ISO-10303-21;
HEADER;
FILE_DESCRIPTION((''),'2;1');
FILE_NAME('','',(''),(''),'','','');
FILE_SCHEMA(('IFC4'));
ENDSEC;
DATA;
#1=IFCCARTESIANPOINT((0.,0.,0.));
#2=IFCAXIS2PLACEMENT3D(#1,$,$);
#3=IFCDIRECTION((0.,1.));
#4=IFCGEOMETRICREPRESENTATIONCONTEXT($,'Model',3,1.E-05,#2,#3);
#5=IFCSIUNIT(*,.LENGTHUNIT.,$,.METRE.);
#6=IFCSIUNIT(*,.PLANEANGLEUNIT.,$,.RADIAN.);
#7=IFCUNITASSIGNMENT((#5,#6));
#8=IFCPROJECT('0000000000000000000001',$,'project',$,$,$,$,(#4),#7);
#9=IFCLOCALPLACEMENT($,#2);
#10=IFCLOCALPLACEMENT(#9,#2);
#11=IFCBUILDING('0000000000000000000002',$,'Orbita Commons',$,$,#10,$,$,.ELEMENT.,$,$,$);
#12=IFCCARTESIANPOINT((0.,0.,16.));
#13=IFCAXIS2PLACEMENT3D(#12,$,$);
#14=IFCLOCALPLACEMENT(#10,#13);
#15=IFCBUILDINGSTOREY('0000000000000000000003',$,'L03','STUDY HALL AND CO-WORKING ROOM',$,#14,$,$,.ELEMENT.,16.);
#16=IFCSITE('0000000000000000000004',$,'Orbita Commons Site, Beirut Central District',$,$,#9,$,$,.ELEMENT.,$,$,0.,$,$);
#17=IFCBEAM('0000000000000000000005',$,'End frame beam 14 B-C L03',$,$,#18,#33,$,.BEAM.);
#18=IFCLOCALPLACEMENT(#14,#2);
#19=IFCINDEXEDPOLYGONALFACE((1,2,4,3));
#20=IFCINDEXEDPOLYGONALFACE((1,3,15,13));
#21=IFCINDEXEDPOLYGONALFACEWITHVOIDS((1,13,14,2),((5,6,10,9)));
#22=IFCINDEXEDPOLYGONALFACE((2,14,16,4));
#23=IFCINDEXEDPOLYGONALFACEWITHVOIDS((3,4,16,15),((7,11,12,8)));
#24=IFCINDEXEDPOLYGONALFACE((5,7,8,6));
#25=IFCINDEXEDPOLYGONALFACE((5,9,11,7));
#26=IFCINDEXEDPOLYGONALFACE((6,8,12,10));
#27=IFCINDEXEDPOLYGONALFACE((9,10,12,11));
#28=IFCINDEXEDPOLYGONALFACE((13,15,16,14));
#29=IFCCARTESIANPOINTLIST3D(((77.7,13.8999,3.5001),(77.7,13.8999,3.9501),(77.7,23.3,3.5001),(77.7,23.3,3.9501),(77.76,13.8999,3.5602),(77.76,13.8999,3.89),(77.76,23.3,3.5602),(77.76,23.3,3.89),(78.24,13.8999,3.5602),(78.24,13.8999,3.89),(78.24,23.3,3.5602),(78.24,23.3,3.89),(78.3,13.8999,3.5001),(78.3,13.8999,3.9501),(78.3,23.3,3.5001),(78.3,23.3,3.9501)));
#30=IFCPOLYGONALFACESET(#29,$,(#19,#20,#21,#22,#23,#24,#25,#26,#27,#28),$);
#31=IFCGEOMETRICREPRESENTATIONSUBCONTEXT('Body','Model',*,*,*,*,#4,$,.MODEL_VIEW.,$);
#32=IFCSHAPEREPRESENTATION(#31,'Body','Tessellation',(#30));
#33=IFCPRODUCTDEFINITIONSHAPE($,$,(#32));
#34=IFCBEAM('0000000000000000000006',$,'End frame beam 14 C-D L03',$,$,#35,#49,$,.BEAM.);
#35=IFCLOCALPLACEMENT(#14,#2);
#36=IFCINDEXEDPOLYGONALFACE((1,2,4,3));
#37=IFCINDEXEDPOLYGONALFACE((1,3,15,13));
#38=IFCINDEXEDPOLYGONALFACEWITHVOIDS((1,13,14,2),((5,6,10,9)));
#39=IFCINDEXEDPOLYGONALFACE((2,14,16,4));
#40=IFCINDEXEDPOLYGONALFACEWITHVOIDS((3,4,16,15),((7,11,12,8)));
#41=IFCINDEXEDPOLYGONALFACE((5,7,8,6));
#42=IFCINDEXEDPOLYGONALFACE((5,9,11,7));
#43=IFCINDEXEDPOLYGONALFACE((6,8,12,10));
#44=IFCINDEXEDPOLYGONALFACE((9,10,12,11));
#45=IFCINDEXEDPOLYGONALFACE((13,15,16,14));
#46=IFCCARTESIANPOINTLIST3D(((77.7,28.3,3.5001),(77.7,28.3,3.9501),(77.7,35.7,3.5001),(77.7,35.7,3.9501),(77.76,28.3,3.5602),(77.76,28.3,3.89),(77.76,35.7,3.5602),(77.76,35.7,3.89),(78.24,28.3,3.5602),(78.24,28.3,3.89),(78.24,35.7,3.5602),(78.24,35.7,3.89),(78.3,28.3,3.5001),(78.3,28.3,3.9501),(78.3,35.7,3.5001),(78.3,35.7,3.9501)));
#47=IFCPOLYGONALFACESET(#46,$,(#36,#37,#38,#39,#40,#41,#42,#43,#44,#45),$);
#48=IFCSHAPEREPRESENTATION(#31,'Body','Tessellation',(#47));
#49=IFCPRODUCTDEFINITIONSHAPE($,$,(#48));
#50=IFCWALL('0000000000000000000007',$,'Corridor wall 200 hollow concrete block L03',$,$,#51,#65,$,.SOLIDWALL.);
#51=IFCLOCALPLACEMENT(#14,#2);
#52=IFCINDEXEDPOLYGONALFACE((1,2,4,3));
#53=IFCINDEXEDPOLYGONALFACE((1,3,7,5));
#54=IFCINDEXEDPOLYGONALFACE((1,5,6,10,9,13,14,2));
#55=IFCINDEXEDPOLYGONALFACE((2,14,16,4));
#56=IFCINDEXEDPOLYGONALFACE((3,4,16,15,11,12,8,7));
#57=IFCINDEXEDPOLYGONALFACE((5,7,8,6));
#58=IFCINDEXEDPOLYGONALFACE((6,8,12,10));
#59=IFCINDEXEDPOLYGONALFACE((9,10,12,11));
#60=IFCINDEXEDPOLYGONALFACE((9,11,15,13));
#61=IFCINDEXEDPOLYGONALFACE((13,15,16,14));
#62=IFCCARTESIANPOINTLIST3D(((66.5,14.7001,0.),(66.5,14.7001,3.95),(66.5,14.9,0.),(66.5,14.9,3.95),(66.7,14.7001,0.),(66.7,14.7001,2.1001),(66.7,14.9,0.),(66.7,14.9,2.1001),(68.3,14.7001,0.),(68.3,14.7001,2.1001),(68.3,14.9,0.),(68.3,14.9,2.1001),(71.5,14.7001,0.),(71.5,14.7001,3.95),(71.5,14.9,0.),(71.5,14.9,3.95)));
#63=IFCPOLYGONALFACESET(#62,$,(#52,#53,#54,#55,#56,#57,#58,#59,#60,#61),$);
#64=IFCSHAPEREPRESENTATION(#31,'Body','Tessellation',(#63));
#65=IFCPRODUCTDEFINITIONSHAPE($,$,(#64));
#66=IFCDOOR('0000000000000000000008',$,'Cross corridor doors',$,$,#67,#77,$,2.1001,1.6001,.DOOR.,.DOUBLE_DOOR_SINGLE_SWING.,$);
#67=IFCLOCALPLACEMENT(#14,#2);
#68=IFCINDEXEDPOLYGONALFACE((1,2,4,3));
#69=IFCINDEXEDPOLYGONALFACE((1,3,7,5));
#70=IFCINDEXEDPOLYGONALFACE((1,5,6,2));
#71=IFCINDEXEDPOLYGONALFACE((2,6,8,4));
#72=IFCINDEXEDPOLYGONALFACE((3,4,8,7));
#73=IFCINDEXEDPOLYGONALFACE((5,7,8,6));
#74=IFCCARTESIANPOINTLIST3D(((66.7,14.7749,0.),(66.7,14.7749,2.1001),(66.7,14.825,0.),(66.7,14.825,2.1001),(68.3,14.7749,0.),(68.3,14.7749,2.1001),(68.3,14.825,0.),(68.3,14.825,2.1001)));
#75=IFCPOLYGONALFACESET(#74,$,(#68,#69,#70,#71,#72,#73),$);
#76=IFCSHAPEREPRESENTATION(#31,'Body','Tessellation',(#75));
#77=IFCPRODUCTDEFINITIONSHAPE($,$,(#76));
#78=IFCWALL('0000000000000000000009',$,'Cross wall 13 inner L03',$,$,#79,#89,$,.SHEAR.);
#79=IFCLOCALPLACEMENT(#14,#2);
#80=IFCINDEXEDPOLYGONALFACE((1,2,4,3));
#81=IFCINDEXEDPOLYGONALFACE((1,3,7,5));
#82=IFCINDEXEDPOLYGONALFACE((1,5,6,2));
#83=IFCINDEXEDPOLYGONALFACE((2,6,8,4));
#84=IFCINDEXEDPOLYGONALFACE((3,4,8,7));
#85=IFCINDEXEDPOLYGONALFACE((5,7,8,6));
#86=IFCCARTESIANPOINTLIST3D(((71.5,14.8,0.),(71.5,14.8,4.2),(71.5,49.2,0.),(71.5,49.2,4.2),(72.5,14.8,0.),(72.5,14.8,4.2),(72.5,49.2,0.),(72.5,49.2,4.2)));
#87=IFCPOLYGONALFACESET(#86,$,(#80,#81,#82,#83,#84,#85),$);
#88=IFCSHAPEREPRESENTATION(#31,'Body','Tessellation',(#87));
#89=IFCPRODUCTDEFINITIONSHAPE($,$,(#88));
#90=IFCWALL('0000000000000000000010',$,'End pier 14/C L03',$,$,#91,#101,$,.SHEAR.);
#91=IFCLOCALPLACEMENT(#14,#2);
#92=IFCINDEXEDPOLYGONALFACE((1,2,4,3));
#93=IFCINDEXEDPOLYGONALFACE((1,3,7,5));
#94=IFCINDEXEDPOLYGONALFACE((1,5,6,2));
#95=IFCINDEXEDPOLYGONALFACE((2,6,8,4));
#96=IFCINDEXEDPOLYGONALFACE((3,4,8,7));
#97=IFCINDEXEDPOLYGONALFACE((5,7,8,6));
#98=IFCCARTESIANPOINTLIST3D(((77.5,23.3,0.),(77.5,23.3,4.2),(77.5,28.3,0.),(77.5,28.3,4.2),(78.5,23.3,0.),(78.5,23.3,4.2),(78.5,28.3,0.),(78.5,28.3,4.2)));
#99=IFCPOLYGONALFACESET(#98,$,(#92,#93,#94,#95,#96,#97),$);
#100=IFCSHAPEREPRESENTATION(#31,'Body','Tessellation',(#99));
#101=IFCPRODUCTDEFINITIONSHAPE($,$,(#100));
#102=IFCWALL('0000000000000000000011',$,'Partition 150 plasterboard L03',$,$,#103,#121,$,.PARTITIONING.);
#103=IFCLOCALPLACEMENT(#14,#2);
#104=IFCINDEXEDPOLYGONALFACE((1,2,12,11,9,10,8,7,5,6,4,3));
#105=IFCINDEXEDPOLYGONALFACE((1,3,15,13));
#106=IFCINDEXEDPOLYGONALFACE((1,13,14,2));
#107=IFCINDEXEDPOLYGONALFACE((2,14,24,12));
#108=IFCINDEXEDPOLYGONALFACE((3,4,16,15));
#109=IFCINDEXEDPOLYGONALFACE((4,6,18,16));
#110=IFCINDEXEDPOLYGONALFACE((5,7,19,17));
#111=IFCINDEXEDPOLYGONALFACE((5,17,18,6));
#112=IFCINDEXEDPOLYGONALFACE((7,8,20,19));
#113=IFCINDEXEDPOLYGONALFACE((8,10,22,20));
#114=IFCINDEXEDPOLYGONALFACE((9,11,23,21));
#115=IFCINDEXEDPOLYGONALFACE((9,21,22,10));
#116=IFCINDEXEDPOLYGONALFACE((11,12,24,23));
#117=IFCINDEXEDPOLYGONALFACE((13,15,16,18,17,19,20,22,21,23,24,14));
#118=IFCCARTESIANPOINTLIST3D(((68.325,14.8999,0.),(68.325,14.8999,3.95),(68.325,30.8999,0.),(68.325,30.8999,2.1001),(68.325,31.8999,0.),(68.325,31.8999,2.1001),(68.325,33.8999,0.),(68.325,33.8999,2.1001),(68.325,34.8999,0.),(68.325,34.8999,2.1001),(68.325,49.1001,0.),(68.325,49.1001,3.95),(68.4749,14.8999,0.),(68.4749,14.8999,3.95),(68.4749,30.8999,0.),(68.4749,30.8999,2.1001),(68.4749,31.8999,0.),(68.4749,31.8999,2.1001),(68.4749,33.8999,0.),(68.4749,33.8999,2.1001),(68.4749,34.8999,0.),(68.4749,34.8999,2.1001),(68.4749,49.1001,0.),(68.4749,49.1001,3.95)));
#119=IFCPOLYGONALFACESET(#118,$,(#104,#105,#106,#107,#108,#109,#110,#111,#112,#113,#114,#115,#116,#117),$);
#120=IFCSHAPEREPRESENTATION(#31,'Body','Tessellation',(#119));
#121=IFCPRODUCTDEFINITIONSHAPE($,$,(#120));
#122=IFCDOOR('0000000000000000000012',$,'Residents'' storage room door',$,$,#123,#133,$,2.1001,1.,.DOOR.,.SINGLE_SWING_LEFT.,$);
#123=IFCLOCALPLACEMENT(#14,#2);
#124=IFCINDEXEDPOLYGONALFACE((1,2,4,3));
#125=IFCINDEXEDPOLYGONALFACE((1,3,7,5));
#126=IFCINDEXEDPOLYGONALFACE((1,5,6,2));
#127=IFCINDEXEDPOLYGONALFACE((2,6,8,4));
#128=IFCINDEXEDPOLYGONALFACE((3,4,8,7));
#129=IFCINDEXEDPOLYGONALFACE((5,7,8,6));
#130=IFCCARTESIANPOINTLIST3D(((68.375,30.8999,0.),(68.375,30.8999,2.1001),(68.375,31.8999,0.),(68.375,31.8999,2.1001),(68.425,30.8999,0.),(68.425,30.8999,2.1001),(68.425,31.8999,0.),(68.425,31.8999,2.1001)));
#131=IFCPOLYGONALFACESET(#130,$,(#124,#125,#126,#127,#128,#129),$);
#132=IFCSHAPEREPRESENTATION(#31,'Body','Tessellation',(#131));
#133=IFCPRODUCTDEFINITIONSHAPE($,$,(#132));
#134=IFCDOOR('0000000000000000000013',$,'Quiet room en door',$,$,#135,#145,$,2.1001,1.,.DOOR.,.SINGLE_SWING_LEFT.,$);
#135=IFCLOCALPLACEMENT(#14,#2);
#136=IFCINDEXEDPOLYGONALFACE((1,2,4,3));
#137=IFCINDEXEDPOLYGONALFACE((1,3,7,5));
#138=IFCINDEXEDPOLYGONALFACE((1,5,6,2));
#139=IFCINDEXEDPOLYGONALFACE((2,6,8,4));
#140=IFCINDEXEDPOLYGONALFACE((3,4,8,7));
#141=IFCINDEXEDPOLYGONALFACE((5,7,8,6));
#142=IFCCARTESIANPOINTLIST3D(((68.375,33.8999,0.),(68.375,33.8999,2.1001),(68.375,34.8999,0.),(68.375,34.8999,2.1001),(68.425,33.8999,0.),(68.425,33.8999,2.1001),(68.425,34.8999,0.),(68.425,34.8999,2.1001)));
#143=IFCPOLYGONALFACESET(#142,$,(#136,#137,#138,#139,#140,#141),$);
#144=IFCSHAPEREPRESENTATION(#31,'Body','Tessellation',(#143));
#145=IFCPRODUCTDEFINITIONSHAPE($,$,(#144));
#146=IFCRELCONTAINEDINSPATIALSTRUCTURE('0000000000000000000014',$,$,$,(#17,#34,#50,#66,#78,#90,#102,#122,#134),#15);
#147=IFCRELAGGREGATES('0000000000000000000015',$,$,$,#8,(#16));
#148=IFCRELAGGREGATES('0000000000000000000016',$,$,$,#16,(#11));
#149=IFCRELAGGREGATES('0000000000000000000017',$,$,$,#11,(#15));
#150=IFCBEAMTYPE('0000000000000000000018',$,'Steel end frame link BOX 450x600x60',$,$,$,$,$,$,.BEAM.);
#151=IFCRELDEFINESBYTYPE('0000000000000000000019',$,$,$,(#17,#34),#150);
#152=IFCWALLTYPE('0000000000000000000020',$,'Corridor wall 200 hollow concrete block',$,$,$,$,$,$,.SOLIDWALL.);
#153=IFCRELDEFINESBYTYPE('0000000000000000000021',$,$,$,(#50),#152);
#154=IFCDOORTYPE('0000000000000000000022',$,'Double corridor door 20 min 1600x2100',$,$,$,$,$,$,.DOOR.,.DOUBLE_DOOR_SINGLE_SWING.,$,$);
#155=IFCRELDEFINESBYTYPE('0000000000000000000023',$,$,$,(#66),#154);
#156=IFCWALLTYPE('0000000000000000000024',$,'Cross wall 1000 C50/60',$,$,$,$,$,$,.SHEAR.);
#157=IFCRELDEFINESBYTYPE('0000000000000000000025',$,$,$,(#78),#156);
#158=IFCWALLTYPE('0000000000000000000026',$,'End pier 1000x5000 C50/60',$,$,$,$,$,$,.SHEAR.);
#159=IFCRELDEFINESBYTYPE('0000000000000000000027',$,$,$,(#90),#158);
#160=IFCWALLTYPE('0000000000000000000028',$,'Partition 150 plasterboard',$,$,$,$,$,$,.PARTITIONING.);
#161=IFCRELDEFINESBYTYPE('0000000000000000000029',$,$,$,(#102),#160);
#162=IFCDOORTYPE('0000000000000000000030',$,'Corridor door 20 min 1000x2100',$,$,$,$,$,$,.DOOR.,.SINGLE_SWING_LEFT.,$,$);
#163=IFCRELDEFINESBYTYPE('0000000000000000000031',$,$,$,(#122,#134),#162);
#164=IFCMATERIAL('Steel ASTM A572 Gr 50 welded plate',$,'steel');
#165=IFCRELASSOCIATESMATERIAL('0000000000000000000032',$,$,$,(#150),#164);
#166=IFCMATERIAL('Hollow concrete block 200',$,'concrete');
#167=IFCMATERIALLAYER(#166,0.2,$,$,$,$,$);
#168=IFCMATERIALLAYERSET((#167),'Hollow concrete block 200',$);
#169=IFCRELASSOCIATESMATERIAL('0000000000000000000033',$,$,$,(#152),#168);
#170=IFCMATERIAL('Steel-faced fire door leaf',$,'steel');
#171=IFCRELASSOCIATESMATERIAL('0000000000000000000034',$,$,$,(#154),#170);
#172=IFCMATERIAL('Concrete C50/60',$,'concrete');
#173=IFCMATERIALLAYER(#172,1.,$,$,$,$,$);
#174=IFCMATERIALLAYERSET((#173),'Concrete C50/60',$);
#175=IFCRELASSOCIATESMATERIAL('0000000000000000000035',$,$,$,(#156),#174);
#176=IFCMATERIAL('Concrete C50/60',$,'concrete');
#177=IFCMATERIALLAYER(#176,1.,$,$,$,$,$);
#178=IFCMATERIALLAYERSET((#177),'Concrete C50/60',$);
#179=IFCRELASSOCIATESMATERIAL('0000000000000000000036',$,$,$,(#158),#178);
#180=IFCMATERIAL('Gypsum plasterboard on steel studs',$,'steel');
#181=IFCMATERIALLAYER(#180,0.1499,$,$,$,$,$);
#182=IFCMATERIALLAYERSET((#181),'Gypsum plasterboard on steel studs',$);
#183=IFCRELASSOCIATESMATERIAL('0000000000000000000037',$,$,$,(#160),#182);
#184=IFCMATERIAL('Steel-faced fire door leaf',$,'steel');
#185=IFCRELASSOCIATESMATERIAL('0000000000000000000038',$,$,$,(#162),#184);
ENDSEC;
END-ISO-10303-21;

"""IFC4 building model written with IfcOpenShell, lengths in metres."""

from ifc_helpers import new_model, si_unit, direction, frame, frame_2d, origin, origin_2d, place, context, subcontext, project, spatial, rectangle, hollow_rectangle, extrude, material, layer, layer_set, material_profile, profile_set, type_object, element, fill, save


model = new_model("IFC4")

# Units and contexts
model_context = context("Model", 3, precision=1e-05, world=origin(), true_north=direction((0.0, 1.0)))
body_context = subcontext(model_context, "Body", "Model", "MODEL_VIEW")
ifc_project = project(units=[si_unit("LENGTHUNIT", "METRE"), si_unit("PLANEANGLEUNIT", "RADIAN")], contexts=[model_context])

# Site, building, storey
site_placement = place(None, origin())
site = spatial("IfcSite", under=ifc_project, at=site_placement, Name="Orbita Commons Site, Beirut Central District", CompositionType="ELEMENT", RefElevation=0.0)
building_placement = place(site_placement, origin())
building = spatial("IfcBuilding", under=site, at=building_placement, Name="Orbita Commons", CompositionType="ELEMENT")
storey_placement = place(building_placement, frame((0.0, 0.0, 16.0)))
storey = spatial("IfcBuildingStorey", under=building, at=storey_placement, Name="L03", Description="STUDY HALL AND CO-WORKING ROOM", CompositionType="ELEMENT", Elevation=16.0)

# Beams
ifc_material_1 = material(Name="Steel ASTM A572 Gr 50 welded plate", Category="steel")
ifc_material_profile = material_profile(ifc_material_1, hollow_rectangle(XDim=0.6001, YDim=0.45, WallThickness=0.0601, at=origin_2d()), Name="BOX 450x600x60")
ifc_profile_set = profile_set([ifc_material_profile], Name="Steel ASTM A572 Gr 50 welded plate")
beam_type = type_object("IfcBeamType", Name="Steel end frame link BOX 450x600x60", PredefinedType="BEAM", material=ifc_profile_set)
beam_1_placement = place(storey_placement, frame((78.0, 13.8999, 3.7251), z_axis=(0.0, 1.0, 0.0), x_axis=(-1.0, 0.0, 0.0)))
element("IfcBeam", 1, at=beam_1_placement, inside=storey, type_object=beam_type, Name="End frame beam 14 B-C L03", PredefinedType="BEAM", context=body_context, shape_type="SweptSolid", body=[
    extrude(hollow_rectangle(XDim=0.6001, YDim=0.45, WallThickness=0.0601, at=origin_2d()), origin(), (0.0, 0.0, 1.0), 9.4001),
])
beam_2_placement = place(storey_placement, frame((78.0, 28.3, 3.7251), z_axis=(0.0, 1.0, 0.0), x_axis=(-1.0, 0.0, 0.0)))
element("IfcBeam", 2, at=beam_2_placement, inside=storey, type_object=beam_type, Name="End frame beam 14 C-D L03", PredefinedType="BEAM", context=body_context, shape_type="SweptSolid", body=[
    extrude(hollow_rectangle(XDim=0.6001, YDim=0.45, WallThickness=0.0601, at=origin_2d()), origin(), (0.0, 0.0, 1.0), 7.3999),
])

# Wall, opening, door
ifc_material_2 = material(Name="Hollow concrete block 200", Category="concrete")
ifc_layer_1 = layer(ifc_material_2, 0.2)
ifc_layer_set_1 = layer_set([ifc_layer_1], Name="Hollow concrete block 200")
wall_type_1 = type_object("IfcWallType", Name="Corridor wall 200 hollow concrete block", PredefinedType="SOLIDWALL", material=ifc_layer_set_1)
wall_1_placement = place(storey_placement, frame((66.5, 14.8, 0.0), z_axis=(0.0, 0.0, 1.0), x_axis=(1.0, 0.0, 0.0)))
wall_1 = element("IfcWall", 3, at=wall_1_placement, inside=storey, type_object=wall_type_1, Name="Corridor wall 200 hollow concrete block L03", PredefinedType="SOLIDWALL", context=body_context, shape_type="SweptSolid", body=[
    extrude(rectangle(XDim=5.0, YDim=0.2, at=frame_2d((2.5, 0.0))), origin(), (0.0, 0.0, 1.0), 3.95),
])
opening_1_placement = place(wall_1_placement, frame((0.2, 0.0, 0.0)))
opening_1 = element("IfcOpeningElement", 4, at=opening_1_placement, cuts=wall_1, PredefinedType="OPENING", context=body_context, shape_type="SweptSolid", body=[
    extrude(rectangle(XDim=1.6001, YDim=2.1001, at=frame_2d((0.8, 1.05))), frame((0.0, 0.1099, 0.0), z_axis=(0.0, -1.0, 0.0), x_axis=(1.0, 0.0, 0.0)), (0.0, 0.0, 1.0), 0.22),
])
ifc_material_3 = material(Name="Steel-faced fire door leaf", Category="steel")
door_type_1 = type_object("IfcDoorType", Name="Double corridor door 20 min 1600x2100", OperationType="DOUBLE_DOOR_SINGLE_SWING", PredefinedType="DOOR", material=ifc_material_3)
door_1_placement = place(opening_1_placement, origin())
door_1 = element("IfcDoor", 5, at=door_1_placement, inside=storey, type_object=door_type_1, Name="Cross corridor doors", OperationType="DOUBLE_DOOR_SINGLE_SWING", OverallHeight=2.1001, OverallWidth=1.6001, PredefinedType="DOOR", context=body_context, shape_type="SweptSolid", body=[
    extrude(rectangle(XDim=1.6001, YDim=2.1001, at=frame_2d((0.8, 1.05))), frame((0.0, 0.0249, 0.0), z_axis=(0.0, -1.0, 0.0), x_axis=(1.0, 0.0, 0.0)), (0.0, 0.0, 1.0), 0.05),
])
fill(opening_1, door_1)

# Walls
ifc_material_4 = material(Name="Concrete C50/60", Category="concrete")
ifc_layer_2 = layer(ifc_material_4, 1.0)
ifc_layer_set_2 = layer_set([ifc_layer_2], Name="Concrete C50/60")
wall_type_2 = type_object("IfcWallType", Name="Cross wall 1000 C50/60", PredefinedType="SHEAR", material=ifc_layer_set_2)
wall_2_placement = place(storey_placement, frame((72.0, 14.8, 0.0), z_axis=(0.0, 0.0, 1.0), x_axis=(0.0, 1.0, 0.0)))
element("IfcWall", 6, at=wall_2_placement, inside=storey, type_object=wall_type_2, Name="Cross wall 13 inner L03", PredefinedType="SHEAR", context=body_context, shape_type="SweptSolid", body=[
    extrude(rectangle(XDim=34.3999, YDim=1.0, at=frame_2d((17.2, 0.0))), origin(), (0.0, 0.0, 1.0), 4.2),
])
ifc_material_5 = material(Name="Concrete C50/60", Category="concrete")
ifc_layer_3 = layer(ifc_material_5, 1.0)
ifc_layer_set_3 = layer_set([ifc_layer_3], Name="Concrete C50/60")
wall_type_3 = type_object("IfcWallType", Name="End pier 1000x5000 C50/60", PredefinedType="SHEAR", material=ifc_layer_set_3)
wall_3_placement = place(storey_placement, frame((78.0, 23.3, 0.0), z_axis=(0.0, 0.0, 1.0), x_axis=(0.0, 1.0, 0.0)))
element("IfcWall", 7, at=wall_3_placement, inside=storey, type_object=wall_type_3, Name="End pier 14/C L03", PredefinedType="SHEAR", context=body_context, shape_type="SweptSolid", body=[
    extrude(rectangle(XDim=5.0, YDim=1.0, at=frame_2d((2.5, 0.0))), origin(), (0.0, 0.0, 1.0), 4.2),
])

# Wall, openings, doors
ifc_material_6 = material(Name="Gypsum plasterboard on steel studs", Category="steel")
ifc_layer_4 = layer(ifc_material_6, 0.1499)
ifc_layer_set_4 = layer_set([ifc_layer_4], Name="Gypsum plasterboard on steel studs")
wall_type_4 = type_object("IfcWallType", Name="Partition 150 plasterboard", PredefinedType="PARTITIONING", material=ifc_layer_set_4)
wall_4_placement = place(storey_placement, frame((68.3999, 14.8999, 0.0), z_axis=(0.0, 0.0, 1.0), x_axis=(0.0, 1.0, 0.0)))
wall_4 = element("IfcWall", 8, at=wall_4_placement, inside=storey, type_object=wall_type_4, Name="Partition 150 plasterboard L03", PredefinedType="PARTITIONING", context=body_context, shape_type="SweptSolid", body=[
    extrude(rectangle(XDim=34.2002, YDim=0.1499, at=frame_2d((17.1001, 0.0))), origin(), (0.0, 0.0, 1.0), 3.95),
])
opening_2_placement = place(wall_4_placement, frame((16.0, 0.0, 0.0)))
opening_2 = element("IfcOpeningElement", 9, at=opening_2_placement, cuts=wall_4, PredefinedType="OPENING", context=body_context, shape_type="SweptSolid", body=[
    extrude(rectangle(XDim=1.0, YDim=2.1001, at=frame_2d((0.5, 1.05))), frame((0.0, 0.085, 0.0), z_axis=(0.0, -1.0, 0.0), x_axis=(1.0, 0.0, 0.0)), (0.0, 0.0, 1.0), 0.1699),
])
opening_3_placement = place(wall_4_placement, frame((19.0, 0.0, 0.0)))
opening_3 = element("IfcOpeningElement", 10, at=opening_3_placement, cuts=wall_4, PredefinedType="OPENING", context=body_context, shape_type="SweptSolid", body=[
    extrude(rectangle(XDim=1.0, YDim=2.1001, at=frame_2d((0.5, 1.05))), frame((0.0, 0.085, 0.0), z_axis=(0.0, -1.0, 0.0), x_axis=(1.0, 0.0, 0.0)), (0.0, 0.0, 1.0), 0.1699),
])
ifc_material_7 = material(Name="Steel-faced fire door leaf", Category="steel")
door_type_2 = type_object("IfcDoorType", Name="Corridor door 20 min 1000x2100", OperationType="SINGLE_SWING_LEFT", PredefinedType="DOOR", material=ifc_material_7)
door_2_placement = place(opening_2_placement, origin())
door_2 = element("IfcDoor", 11, at=door_2_placement, inside=storey, type_object=door_type_2, Name="Residents' storage room door", OperationType="SINGLE_SWING_LEFT", OverallHeight=2.1001, OverallWidth=1.0, PredefinedType="DOOR", context=body_context, shape_type="SweptSolid", body=[
    extrude(rectangle(XDim=1.0, YDim=2.1001, at=frame_2d((0.5, 1.05))), frame((0.0, 0.0249, 0.0), z_axis=(0.0, -1.0, 0.0), x_axis=(1.0, 0.0, 0.0)), (0.0, 0.0, 1.0), 0.05),
])
fill(opening_2, door_2)
door_3_placement = place(opening_3_placement, origin())
door_3 = element("IfcDoor", 12, at=door_3_placement, inside=storey, type_object=door_type_2, Name="Quiet room en door", OperationType="SINGLE_SWING_LEFT", OverallHeight=2.1001, OverallWidth=1.0, PredefinedType="DOOR", context=body_context, shape_type="SweptSolid", body=[
    extrude(rectangle(XDim=1.0, YDim=2.1001, at=frame_2d((0.5, 1.05))), frame((0.0, 0.0249, 0.0), z_axis=(0.0, -1.0, 0.0), x_axis=(1.0, 0.0, 0.0)), (0.0, 0.0, 1.0), 0.05),
])
fill(opening_3, door_3)

save(model, "model.ifc")
